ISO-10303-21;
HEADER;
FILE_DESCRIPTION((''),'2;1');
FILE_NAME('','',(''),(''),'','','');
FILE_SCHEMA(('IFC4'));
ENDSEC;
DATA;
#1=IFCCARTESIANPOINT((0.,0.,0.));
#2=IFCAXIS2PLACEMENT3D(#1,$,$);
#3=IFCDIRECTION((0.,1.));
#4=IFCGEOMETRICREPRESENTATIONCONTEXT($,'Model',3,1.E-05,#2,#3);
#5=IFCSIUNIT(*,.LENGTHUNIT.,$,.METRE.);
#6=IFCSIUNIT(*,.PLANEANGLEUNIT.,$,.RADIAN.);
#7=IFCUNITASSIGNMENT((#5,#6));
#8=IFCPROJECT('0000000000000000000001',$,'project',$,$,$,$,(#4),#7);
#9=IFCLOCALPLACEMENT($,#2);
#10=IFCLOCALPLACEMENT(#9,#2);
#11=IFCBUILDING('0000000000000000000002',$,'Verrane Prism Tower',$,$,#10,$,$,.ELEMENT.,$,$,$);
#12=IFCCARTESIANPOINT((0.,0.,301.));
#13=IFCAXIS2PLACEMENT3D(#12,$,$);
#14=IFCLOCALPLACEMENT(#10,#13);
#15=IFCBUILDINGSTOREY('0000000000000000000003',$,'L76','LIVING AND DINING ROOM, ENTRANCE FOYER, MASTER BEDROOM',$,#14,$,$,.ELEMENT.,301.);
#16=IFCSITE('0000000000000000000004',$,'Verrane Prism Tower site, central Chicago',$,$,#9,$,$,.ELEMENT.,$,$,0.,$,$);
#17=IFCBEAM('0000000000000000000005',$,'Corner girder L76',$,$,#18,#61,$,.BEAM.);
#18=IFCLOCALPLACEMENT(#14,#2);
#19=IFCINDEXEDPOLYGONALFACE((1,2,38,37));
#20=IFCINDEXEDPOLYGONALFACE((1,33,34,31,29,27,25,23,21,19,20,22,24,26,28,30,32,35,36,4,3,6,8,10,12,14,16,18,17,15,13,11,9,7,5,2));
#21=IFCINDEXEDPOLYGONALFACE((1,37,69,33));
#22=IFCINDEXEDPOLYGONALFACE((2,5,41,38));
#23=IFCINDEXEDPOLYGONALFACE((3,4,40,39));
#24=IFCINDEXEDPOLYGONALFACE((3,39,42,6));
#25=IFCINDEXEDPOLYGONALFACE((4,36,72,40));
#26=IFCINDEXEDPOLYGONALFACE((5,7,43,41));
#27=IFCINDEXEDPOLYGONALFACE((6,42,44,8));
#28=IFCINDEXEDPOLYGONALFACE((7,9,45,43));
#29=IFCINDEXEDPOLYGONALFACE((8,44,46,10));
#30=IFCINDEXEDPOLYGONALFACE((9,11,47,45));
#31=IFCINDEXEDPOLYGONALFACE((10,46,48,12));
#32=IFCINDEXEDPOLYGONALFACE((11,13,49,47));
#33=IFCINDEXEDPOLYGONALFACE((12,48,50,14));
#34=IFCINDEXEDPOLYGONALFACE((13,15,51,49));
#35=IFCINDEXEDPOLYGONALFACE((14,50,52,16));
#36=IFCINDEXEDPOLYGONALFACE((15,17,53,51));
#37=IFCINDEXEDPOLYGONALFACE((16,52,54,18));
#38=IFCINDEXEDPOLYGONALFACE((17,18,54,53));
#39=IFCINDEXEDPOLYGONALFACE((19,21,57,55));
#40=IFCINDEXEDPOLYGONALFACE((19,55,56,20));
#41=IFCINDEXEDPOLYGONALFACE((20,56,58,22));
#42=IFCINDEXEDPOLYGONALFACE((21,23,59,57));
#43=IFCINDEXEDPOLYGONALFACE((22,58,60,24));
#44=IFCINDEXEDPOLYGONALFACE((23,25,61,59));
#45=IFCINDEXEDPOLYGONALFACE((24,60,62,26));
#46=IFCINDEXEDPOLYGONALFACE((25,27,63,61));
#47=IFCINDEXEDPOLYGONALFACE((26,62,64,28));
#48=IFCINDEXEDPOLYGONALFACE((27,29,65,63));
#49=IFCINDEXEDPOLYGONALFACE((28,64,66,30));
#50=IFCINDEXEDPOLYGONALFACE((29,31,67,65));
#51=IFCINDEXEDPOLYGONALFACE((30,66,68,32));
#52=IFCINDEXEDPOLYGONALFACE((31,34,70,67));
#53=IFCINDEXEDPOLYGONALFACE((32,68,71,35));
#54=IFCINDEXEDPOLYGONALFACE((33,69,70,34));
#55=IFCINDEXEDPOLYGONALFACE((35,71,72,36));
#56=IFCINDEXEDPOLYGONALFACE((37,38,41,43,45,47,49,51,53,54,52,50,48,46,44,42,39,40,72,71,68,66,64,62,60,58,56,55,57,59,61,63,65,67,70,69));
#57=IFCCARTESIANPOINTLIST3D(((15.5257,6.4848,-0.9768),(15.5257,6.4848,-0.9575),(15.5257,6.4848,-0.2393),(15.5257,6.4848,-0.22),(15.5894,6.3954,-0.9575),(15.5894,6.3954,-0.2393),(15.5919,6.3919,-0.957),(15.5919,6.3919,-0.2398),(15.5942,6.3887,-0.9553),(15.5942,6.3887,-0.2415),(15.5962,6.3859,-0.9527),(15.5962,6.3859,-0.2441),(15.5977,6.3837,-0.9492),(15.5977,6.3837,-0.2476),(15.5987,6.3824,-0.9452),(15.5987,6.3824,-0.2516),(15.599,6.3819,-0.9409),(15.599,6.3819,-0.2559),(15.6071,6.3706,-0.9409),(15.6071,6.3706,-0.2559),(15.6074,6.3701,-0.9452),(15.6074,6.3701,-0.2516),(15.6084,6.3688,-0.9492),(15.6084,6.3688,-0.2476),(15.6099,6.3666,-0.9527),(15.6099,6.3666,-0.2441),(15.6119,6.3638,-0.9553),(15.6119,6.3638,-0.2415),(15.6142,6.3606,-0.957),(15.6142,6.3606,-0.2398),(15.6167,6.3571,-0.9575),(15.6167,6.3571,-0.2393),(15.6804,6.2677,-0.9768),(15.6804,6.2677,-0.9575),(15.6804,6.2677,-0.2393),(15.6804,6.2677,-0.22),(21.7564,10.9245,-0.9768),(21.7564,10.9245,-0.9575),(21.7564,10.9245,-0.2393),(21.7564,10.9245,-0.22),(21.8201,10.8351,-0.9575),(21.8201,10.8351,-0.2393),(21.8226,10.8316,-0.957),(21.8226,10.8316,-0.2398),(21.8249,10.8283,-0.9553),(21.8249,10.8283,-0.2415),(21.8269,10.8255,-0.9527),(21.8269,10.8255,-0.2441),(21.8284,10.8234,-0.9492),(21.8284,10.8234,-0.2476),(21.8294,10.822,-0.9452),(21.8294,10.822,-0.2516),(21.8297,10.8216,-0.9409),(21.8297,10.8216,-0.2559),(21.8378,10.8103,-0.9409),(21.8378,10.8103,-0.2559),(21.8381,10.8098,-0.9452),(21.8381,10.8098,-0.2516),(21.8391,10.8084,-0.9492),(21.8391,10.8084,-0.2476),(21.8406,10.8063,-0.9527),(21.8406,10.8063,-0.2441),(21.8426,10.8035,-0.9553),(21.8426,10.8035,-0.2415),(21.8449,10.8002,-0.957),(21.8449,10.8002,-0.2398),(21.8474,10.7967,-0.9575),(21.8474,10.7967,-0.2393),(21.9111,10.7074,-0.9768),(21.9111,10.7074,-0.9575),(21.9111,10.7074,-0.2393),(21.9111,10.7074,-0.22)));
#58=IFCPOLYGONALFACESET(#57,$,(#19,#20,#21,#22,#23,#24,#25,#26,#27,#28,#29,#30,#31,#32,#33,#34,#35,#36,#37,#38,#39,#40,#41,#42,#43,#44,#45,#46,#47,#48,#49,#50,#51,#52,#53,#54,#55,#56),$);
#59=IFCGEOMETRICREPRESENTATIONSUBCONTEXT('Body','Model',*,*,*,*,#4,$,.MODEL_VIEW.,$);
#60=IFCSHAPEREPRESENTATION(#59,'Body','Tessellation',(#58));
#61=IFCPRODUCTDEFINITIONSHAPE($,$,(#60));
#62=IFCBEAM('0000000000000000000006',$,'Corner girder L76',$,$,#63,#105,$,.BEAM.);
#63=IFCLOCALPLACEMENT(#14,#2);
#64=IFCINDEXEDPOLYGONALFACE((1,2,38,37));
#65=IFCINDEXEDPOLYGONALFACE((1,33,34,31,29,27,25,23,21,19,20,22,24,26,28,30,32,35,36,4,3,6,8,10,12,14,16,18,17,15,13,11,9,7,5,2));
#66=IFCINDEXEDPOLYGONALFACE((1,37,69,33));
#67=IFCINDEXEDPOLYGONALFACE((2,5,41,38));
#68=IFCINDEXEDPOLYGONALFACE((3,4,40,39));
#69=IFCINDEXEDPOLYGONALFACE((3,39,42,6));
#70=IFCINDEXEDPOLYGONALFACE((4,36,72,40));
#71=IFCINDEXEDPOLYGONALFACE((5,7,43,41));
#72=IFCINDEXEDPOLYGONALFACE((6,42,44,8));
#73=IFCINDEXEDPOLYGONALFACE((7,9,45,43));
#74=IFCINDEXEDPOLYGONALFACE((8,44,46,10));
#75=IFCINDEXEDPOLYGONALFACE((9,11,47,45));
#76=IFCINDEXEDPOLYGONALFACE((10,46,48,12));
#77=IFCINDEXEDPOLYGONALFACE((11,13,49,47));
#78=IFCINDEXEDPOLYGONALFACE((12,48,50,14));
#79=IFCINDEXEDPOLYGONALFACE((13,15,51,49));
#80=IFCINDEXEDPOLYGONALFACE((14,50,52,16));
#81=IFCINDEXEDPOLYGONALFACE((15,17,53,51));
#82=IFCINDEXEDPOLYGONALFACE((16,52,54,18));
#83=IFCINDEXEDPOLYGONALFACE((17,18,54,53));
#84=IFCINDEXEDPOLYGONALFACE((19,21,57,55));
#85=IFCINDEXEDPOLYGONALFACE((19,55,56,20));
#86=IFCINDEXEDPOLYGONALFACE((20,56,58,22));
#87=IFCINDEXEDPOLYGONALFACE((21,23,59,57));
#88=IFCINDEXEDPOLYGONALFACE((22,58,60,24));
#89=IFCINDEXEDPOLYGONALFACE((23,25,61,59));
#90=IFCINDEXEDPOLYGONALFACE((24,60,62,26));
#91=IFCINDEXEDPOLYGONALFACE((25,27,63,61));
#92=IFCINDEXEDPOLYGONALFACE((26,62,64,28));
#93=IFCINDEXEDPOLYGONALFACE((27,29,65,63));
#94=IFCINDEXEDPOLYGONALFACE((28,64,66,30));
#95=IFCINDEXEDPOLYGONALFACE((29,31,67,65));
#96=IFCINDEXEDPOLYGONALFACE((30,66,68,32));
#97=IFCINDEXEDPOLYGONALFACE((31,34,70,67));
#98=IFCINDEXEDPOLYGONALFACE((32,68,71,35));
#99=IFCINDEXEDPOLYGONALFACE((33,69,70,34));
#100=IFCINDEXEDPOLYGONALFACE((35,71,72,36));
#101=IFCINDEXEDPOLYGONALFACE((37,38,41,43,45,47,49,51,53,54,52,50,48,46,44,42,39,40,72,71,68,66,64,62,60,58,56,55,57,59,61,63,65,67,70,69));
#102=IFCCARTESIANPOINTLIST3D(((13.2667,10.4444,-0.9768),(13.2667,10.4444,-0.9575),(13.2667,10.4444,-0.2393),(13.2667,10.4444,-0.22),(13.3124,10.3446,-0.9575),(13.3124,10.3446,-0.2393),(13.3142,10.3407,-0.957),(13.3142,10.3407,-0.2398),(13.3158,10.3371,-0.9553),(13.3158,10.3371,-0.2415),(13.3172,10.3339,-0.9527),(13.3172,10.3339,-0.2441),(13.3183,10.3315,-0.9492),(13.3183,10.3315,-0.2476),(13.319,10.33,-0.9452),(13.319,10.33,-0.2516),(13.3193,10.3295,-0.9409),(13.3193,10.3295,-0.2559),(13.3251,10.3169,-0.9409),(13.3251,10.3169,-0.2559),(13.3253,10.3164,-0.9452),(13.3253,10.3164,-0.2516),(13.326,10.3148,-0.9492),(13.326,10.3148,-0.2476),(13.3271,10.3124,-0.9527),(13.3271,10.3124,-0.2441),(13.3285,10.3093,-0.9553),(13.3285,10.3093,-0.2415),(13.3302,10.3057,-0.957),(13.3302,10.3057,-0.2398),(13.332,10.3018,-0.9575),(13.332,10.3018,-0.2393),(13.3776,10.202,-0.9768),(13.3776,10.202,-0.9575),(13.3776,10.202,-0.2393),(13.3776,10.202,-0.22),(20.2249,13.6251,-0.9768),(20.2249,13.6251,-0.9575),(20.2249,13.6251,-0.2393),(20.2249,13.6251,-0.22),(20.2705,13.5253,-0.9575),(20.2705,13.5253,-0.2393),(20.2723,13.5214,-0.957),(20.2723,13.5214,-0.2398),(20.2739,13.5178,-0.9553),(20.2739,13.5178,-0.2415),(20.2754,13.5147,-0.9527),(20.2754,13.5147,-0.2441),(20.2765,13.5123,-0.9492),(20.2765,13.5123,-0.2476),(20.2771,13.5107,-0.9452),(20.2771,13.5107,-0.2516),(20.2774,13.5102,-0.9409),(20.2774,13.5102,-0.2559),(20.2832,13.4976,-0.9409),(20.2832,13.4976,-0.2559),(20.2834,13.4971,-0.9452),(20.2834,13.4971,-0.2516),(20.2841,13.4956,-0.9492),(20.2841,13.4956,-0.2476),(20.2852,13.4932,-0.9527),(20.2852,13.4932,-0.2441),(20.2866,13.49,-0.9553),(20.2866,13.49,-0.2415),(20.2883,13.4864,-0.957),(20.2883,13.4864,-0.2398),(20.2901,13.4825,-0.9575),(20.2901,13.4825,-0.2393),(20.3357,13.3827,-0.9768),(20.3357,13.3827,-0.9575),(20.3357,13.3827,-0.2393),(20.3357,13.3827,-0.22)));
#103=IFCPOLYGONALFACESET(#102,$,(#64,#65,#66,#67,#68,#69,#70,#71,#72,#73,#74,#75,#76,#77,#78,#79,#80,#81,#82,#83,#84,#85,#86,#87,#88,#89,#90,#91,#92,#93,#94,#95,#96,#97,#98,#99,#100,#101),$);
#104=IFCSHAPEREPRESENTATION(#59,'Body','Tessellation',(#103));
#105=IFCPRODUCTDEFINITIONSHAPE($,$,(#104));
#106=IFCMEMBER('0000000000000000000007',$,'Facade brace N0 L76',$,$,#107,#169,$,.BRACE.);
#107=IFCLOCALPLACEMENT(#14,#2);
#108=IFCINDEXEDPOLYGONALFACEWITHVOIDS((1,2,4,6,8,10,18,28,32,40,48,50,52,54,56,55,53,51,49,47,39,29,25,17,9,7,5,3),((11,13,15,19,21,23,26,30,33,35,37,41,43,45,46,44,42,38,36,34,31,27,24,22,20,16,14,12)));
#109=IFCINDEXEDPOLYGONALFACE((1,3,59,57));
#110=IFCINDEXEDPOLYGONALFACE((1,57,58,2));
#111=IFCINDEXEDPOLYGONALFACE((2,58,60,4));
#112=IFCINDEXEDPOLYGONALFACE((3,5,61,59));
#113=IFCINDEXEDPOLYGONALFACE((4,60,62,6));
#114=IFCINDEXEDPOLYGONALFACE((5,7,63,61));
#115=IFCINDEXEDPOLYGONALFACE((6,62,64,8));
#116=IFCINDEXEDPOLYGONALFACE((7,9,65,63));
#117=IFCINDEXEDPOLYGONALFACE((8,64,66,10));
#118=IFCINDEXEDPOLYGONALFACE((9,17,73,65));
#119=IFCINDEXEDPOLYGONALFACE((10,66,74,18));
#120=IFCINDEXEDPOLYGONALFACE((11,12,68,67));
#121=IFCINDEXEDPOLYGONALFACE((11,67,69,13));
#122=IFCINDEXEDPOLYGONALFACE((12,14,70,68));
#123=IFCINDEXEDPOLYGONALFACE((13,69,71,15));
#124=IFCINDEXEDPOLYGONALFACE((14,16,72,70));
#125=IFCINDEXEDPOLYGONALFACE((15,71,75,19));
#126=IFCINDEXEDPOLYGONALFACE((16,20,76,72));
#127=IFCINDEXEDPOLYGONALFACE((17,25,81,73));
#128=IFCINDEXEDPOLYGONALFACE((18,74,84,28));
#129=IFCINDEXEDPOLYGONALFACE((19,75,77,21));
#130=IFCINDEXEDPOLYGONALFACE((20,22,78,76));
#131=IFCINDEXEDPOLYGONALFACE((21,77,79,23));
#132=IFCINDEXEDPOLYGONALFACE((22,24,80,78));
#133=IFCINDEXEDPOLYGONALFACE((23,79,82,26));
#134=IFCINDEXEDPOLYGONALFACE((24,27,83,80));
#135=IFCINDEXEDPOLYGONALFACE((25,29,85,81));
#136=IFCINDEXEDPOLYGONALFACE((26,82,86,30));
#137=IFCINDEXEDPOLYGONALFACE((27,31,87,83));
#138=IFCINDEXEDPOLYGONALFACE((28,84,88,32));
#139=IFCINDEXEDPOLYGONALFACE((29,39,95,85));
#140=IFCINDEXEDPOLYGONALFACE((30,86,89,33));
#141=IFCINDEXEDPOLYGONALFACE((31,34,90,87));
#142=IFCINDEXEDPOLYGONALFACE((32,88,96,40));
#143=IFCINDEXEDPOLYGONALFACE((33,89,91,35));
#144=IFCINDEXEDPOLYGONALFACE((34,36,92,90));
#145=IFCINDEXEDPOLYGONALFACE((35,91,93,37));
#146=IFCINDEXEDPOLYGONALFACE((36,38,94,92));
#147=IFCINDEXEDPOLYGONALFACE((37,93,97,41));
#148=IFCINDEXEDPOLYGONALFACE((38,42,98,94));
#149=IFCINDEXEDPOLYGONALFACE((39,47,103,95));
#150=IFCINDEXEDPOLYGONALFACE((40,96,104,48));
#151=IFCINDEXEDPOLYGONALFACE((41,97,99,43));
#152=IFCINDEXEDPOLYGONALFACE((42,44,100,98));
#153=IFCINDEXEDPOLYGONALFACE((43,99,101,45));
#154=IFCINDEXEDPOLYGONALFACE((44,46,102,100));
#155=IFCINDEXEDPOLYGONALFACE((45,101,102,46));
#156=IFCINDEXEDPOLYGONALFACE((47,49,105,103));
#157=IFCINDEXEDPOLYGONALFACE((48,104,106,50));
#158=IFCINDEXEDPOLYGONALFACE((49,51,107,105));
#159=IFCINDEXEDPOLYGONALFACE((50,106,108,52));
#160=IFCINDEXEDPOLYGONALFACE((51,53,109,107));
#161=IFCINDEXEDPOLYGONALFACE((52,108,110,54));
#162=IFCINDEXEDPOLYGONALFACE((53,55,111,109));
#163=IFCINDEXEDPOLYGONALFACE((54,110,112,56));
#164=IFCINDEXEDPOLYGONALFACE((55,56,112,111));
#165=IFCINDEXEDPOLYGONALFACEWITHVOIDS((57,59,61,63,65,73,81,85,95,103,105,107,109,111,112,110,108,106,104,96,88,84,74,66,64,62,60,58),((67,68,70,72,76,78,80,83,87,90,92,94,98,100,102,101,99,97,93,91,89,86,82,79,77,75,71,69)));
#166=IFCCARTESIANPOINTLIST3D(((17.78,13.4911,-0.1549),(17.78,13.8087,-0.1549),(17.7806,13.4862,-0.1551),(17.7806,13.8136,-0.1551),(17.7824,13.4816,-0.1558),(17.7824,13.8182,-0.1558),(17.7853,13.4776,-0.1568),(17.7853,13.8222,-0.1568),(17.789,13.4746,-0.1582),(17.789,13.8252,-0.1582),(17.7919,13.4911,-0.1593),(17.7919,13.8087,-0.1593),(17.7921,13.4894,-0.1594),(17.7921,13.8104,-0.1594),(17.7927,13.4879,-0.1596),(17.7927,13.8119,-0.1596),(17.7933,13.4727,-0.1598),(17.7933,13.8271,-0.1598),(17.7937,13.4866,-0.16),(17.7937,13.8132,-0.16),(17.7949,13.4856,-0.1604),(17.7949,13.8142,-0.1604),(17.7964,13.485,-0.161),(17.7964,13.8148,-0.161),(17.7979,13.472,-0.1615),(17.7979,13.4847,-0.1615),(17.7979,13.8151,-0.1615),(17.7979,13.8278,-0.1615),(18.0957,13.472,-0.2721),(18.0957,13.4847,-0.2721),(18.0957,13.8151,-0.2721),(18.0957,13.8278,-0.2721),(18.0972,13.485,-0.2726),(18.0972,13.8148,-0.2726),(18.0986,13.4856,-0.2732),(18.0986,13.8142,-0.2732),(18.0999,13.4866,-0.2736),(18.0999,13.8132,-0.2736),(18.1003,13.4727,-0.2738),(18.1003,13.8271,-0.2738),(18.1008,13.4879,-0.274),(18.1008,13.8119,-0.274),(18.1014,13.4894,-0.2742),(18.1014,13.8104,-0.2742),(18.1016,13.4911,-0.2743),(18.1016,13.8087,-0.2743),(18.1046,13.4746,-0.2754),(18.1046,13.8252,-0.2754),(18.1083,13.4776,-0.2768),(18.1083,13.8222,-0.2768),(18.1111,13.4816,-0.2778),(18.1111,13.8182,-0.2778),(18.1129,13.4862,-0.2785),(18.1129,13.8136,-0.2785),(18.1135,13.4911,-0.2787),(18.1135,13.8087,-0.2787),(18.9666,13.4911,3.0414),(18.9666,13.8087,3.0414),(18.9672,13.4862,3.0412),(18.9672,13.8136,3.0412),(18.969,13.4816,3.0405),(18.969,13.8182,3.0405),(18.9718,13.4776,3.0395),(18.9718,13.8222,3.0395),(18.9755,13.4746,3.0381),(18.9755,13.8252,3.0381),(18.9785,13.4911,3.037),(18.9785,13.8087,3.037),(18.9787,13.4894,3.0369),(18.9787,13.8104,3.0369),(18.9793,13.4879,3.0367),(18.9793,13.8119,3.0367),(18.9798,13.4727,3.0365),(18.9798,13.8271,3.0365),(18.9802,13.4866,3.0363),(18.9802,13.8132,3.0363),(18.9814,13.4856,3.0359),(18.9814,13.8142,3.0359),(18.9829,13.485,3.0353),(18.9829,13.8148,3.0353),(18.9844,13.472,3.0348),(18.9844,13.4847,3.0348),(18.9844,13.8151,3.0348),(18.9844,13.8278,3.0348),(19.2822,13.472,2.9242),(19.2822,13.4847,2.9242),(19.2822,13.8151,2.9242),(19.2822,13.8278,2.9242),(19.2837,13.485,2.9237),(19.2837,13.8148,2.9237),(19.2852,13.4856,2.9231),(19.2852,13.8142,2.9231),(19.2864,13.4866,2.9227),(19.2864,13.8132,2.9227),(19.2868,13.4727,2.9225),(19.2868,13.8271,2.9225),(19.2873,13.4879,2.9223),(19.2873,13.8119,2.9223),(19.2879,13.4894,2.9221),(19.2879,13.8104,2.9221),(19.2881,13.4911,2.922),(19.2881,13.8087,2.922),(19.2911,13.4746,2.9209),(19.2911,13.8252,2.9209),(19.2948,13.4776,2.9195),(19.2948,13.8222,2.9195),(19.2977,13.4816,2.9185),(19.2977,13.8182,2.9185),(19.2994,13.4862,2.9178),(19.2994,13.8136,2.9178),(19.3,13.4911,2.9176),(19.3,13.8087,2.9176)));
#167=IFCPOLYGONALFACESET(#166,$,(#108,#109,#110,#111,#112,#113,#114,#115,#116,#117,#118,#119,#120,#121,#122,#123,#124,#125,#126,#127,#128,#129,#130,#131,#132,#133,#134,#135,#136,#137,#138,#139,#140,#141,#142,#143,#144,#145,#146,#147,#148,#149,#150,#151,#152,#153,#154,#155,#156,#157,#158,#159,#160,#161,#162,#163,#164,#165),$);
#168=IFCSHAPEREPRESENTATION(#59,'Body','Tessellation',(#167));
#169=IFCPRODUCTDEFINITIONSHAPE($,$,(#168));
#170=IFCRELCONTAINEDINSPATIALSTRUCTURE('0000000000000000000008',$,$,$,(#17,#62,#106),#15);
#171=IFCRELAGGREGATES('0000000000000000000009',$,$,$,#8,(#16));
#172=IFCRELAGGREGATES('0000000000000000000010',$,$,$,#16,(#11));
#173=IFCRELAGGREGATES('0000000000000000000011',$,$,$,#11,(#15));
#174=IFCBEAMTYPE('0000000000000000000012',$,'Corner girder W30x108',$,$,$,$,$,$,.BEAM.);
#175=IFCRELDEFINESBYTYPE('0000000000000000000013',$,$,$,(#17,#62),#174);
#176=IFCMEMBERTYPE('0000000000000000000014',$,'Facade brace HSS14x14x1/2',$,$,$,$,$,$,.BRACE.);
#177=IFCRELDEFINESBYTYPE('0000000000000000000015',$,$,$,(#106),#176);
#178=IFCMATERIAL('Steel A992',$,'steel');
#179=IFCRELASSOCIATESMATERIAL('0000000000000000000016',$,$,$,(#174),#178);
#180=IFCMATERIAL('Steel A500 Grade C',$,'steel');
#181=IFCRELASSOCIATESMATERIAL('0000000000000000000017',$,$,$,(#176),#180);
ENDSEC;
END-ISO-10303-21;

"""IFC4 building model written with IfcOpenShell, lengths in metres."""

from ifc_helpers import new_model, si_unit, direction, frame, origin, origin_2d, place, context, subcontext, project, spatial, hollow_rectangle, i_section, extrude, material, material_profile, profile_set, type_object, element, save


model = new_model("IFC4")

# Units and contexts
model_context = context("Model", 3, precision=1e-05, world=origin(), true_north=direction((0.0, 1.0)))
body_context = subcontext(model_context, "Body", "Model", "MODEL_VIEW")
ifc_project = project(units=[si_unit("LENGTHUNIT", "METRE"), si_unit("PLANEANGLEUNIT", "RADIAN")], contexts=[model_context])

# Site, building, storey
site_placement = place(None, origin())
site = spatial("IfcSite", under=ifc_project, at=site_placement, Name="Verrane Prism Tower site, central Chicago", CompositionType="ELEMENT", RefElevation=0.0)
building_placement = place(site_placement, origin())
building = spatial("IfcBuilding", under=site, at=building_placement, Name="Verrane Prism Tower", CompositionType="ELEMENT")
storey_placement = place(building_placement, frame((0.0, 0.0, 301.0)))
storey = spatial("IfcBuildingStorey", under=building, at=storey_placement, Name="L76", Description="LIVING AND DINING ROOM, ENTRANCE FOYER, MASTER BEDROOM", CompositionType="ELEMENT", Elevation=301.0)

# Beams
ifc_material_1 = material(Name="Steel A992", Category="steel")
ifc_material_profile_1 = material_profile(ifc_material_1, i_section(OverallWidth=0.2666, OverallDepth=0.7568, WebThickness=0.0139, FlangeThickness=0.0193, FilletRadius=0.0166, at=origin_2d()), Name="W30x108")
ifc_profile_set_1 = profile_set([ifc_material_profile_1], Name="Steel A992")
beam_type_1 = type_object("IfcBeamType", Name="Corner girder W30x108", PredefinedType="BEAM", material=ifc_profile_set_1)
for number, where, z_axis, x_axis, name in (
    (1, (21.8337, 10.8159, -0.5984), (-0.814401, -0.580302, 0.0), (0.580302, -0.814401, 0.0), "Corner girder L76"),
    (2, (20.2803, 13.5039, -0.5984), (-0.909481, -0.415745, 0.0), (0.415745, -0.909481, 0.0), "Corner girder L76"),
):
    element("IfcBeam", number, at=place(storey_placement, frame(where, z_axis=z_axis, x_axis=x_axis)), inside=storey, type_object=beam_type_1, Name=name, PredefinedType="BEAM", context=body_context, shape_type="SweptSolid", body=[
        extrude(i_section(OverallWidth=0.2666, OverallDepth=0.7568, WebThickness=0.0139, FlangeThickness=0.0193, FilletRadius=0.0166, at=origin_2d()), origin(), (0.0, 0.0, 1.0), 7.6506),
    ])

# Member
ifc_material_2 = material(Name="Steel A500 Grade C", Category="steel")
ifc_material_profile_2 = material_profile(ifc_material_2, hollow_rectangle(XDim=0.3557, YDim=0.3557, WallThickness=0.0127, InnerFilletRadius=0.0063, OuterFilletRadius=0.019, at=origin_2d()), Name="HSS14x14x1/2")
ifc_profile_set_2 = profile_set([ifc_material_profile_2], Name="Steel A500 Grade C")
member_type_1 = type_object("IfcMemberType", Name="Facade brace HSS14x14x1/2", PredefinedType="BRACE", material=ifc_profile_set_2)
member_1_placement = place(storey_placement, frame((17.9468, 13.6499, -0.2168), z_axis=(0.348014, 0.0, 0.937489), x_axis=(0.0, 1.0, 0.0)))
element("IfcMember", 3, at=member_1_placement, inside=storey, type_object=member_type_1, Name="Facade brace N0 L76", PredefinedType="BRACE", context=body_context, shape_type="SweptSolid", body=[
    extrude(hollow_rectangle(XDim=0.3557, YDim=0.3557, WallThickness=0.0127, InnerFilletRadius=0.0063, OuterFilletRadius=0.019, at=origin_2d()), origin(), (0.0, 0.0, 1.0), 3.4094),
])

save(model, "model.ifc")
